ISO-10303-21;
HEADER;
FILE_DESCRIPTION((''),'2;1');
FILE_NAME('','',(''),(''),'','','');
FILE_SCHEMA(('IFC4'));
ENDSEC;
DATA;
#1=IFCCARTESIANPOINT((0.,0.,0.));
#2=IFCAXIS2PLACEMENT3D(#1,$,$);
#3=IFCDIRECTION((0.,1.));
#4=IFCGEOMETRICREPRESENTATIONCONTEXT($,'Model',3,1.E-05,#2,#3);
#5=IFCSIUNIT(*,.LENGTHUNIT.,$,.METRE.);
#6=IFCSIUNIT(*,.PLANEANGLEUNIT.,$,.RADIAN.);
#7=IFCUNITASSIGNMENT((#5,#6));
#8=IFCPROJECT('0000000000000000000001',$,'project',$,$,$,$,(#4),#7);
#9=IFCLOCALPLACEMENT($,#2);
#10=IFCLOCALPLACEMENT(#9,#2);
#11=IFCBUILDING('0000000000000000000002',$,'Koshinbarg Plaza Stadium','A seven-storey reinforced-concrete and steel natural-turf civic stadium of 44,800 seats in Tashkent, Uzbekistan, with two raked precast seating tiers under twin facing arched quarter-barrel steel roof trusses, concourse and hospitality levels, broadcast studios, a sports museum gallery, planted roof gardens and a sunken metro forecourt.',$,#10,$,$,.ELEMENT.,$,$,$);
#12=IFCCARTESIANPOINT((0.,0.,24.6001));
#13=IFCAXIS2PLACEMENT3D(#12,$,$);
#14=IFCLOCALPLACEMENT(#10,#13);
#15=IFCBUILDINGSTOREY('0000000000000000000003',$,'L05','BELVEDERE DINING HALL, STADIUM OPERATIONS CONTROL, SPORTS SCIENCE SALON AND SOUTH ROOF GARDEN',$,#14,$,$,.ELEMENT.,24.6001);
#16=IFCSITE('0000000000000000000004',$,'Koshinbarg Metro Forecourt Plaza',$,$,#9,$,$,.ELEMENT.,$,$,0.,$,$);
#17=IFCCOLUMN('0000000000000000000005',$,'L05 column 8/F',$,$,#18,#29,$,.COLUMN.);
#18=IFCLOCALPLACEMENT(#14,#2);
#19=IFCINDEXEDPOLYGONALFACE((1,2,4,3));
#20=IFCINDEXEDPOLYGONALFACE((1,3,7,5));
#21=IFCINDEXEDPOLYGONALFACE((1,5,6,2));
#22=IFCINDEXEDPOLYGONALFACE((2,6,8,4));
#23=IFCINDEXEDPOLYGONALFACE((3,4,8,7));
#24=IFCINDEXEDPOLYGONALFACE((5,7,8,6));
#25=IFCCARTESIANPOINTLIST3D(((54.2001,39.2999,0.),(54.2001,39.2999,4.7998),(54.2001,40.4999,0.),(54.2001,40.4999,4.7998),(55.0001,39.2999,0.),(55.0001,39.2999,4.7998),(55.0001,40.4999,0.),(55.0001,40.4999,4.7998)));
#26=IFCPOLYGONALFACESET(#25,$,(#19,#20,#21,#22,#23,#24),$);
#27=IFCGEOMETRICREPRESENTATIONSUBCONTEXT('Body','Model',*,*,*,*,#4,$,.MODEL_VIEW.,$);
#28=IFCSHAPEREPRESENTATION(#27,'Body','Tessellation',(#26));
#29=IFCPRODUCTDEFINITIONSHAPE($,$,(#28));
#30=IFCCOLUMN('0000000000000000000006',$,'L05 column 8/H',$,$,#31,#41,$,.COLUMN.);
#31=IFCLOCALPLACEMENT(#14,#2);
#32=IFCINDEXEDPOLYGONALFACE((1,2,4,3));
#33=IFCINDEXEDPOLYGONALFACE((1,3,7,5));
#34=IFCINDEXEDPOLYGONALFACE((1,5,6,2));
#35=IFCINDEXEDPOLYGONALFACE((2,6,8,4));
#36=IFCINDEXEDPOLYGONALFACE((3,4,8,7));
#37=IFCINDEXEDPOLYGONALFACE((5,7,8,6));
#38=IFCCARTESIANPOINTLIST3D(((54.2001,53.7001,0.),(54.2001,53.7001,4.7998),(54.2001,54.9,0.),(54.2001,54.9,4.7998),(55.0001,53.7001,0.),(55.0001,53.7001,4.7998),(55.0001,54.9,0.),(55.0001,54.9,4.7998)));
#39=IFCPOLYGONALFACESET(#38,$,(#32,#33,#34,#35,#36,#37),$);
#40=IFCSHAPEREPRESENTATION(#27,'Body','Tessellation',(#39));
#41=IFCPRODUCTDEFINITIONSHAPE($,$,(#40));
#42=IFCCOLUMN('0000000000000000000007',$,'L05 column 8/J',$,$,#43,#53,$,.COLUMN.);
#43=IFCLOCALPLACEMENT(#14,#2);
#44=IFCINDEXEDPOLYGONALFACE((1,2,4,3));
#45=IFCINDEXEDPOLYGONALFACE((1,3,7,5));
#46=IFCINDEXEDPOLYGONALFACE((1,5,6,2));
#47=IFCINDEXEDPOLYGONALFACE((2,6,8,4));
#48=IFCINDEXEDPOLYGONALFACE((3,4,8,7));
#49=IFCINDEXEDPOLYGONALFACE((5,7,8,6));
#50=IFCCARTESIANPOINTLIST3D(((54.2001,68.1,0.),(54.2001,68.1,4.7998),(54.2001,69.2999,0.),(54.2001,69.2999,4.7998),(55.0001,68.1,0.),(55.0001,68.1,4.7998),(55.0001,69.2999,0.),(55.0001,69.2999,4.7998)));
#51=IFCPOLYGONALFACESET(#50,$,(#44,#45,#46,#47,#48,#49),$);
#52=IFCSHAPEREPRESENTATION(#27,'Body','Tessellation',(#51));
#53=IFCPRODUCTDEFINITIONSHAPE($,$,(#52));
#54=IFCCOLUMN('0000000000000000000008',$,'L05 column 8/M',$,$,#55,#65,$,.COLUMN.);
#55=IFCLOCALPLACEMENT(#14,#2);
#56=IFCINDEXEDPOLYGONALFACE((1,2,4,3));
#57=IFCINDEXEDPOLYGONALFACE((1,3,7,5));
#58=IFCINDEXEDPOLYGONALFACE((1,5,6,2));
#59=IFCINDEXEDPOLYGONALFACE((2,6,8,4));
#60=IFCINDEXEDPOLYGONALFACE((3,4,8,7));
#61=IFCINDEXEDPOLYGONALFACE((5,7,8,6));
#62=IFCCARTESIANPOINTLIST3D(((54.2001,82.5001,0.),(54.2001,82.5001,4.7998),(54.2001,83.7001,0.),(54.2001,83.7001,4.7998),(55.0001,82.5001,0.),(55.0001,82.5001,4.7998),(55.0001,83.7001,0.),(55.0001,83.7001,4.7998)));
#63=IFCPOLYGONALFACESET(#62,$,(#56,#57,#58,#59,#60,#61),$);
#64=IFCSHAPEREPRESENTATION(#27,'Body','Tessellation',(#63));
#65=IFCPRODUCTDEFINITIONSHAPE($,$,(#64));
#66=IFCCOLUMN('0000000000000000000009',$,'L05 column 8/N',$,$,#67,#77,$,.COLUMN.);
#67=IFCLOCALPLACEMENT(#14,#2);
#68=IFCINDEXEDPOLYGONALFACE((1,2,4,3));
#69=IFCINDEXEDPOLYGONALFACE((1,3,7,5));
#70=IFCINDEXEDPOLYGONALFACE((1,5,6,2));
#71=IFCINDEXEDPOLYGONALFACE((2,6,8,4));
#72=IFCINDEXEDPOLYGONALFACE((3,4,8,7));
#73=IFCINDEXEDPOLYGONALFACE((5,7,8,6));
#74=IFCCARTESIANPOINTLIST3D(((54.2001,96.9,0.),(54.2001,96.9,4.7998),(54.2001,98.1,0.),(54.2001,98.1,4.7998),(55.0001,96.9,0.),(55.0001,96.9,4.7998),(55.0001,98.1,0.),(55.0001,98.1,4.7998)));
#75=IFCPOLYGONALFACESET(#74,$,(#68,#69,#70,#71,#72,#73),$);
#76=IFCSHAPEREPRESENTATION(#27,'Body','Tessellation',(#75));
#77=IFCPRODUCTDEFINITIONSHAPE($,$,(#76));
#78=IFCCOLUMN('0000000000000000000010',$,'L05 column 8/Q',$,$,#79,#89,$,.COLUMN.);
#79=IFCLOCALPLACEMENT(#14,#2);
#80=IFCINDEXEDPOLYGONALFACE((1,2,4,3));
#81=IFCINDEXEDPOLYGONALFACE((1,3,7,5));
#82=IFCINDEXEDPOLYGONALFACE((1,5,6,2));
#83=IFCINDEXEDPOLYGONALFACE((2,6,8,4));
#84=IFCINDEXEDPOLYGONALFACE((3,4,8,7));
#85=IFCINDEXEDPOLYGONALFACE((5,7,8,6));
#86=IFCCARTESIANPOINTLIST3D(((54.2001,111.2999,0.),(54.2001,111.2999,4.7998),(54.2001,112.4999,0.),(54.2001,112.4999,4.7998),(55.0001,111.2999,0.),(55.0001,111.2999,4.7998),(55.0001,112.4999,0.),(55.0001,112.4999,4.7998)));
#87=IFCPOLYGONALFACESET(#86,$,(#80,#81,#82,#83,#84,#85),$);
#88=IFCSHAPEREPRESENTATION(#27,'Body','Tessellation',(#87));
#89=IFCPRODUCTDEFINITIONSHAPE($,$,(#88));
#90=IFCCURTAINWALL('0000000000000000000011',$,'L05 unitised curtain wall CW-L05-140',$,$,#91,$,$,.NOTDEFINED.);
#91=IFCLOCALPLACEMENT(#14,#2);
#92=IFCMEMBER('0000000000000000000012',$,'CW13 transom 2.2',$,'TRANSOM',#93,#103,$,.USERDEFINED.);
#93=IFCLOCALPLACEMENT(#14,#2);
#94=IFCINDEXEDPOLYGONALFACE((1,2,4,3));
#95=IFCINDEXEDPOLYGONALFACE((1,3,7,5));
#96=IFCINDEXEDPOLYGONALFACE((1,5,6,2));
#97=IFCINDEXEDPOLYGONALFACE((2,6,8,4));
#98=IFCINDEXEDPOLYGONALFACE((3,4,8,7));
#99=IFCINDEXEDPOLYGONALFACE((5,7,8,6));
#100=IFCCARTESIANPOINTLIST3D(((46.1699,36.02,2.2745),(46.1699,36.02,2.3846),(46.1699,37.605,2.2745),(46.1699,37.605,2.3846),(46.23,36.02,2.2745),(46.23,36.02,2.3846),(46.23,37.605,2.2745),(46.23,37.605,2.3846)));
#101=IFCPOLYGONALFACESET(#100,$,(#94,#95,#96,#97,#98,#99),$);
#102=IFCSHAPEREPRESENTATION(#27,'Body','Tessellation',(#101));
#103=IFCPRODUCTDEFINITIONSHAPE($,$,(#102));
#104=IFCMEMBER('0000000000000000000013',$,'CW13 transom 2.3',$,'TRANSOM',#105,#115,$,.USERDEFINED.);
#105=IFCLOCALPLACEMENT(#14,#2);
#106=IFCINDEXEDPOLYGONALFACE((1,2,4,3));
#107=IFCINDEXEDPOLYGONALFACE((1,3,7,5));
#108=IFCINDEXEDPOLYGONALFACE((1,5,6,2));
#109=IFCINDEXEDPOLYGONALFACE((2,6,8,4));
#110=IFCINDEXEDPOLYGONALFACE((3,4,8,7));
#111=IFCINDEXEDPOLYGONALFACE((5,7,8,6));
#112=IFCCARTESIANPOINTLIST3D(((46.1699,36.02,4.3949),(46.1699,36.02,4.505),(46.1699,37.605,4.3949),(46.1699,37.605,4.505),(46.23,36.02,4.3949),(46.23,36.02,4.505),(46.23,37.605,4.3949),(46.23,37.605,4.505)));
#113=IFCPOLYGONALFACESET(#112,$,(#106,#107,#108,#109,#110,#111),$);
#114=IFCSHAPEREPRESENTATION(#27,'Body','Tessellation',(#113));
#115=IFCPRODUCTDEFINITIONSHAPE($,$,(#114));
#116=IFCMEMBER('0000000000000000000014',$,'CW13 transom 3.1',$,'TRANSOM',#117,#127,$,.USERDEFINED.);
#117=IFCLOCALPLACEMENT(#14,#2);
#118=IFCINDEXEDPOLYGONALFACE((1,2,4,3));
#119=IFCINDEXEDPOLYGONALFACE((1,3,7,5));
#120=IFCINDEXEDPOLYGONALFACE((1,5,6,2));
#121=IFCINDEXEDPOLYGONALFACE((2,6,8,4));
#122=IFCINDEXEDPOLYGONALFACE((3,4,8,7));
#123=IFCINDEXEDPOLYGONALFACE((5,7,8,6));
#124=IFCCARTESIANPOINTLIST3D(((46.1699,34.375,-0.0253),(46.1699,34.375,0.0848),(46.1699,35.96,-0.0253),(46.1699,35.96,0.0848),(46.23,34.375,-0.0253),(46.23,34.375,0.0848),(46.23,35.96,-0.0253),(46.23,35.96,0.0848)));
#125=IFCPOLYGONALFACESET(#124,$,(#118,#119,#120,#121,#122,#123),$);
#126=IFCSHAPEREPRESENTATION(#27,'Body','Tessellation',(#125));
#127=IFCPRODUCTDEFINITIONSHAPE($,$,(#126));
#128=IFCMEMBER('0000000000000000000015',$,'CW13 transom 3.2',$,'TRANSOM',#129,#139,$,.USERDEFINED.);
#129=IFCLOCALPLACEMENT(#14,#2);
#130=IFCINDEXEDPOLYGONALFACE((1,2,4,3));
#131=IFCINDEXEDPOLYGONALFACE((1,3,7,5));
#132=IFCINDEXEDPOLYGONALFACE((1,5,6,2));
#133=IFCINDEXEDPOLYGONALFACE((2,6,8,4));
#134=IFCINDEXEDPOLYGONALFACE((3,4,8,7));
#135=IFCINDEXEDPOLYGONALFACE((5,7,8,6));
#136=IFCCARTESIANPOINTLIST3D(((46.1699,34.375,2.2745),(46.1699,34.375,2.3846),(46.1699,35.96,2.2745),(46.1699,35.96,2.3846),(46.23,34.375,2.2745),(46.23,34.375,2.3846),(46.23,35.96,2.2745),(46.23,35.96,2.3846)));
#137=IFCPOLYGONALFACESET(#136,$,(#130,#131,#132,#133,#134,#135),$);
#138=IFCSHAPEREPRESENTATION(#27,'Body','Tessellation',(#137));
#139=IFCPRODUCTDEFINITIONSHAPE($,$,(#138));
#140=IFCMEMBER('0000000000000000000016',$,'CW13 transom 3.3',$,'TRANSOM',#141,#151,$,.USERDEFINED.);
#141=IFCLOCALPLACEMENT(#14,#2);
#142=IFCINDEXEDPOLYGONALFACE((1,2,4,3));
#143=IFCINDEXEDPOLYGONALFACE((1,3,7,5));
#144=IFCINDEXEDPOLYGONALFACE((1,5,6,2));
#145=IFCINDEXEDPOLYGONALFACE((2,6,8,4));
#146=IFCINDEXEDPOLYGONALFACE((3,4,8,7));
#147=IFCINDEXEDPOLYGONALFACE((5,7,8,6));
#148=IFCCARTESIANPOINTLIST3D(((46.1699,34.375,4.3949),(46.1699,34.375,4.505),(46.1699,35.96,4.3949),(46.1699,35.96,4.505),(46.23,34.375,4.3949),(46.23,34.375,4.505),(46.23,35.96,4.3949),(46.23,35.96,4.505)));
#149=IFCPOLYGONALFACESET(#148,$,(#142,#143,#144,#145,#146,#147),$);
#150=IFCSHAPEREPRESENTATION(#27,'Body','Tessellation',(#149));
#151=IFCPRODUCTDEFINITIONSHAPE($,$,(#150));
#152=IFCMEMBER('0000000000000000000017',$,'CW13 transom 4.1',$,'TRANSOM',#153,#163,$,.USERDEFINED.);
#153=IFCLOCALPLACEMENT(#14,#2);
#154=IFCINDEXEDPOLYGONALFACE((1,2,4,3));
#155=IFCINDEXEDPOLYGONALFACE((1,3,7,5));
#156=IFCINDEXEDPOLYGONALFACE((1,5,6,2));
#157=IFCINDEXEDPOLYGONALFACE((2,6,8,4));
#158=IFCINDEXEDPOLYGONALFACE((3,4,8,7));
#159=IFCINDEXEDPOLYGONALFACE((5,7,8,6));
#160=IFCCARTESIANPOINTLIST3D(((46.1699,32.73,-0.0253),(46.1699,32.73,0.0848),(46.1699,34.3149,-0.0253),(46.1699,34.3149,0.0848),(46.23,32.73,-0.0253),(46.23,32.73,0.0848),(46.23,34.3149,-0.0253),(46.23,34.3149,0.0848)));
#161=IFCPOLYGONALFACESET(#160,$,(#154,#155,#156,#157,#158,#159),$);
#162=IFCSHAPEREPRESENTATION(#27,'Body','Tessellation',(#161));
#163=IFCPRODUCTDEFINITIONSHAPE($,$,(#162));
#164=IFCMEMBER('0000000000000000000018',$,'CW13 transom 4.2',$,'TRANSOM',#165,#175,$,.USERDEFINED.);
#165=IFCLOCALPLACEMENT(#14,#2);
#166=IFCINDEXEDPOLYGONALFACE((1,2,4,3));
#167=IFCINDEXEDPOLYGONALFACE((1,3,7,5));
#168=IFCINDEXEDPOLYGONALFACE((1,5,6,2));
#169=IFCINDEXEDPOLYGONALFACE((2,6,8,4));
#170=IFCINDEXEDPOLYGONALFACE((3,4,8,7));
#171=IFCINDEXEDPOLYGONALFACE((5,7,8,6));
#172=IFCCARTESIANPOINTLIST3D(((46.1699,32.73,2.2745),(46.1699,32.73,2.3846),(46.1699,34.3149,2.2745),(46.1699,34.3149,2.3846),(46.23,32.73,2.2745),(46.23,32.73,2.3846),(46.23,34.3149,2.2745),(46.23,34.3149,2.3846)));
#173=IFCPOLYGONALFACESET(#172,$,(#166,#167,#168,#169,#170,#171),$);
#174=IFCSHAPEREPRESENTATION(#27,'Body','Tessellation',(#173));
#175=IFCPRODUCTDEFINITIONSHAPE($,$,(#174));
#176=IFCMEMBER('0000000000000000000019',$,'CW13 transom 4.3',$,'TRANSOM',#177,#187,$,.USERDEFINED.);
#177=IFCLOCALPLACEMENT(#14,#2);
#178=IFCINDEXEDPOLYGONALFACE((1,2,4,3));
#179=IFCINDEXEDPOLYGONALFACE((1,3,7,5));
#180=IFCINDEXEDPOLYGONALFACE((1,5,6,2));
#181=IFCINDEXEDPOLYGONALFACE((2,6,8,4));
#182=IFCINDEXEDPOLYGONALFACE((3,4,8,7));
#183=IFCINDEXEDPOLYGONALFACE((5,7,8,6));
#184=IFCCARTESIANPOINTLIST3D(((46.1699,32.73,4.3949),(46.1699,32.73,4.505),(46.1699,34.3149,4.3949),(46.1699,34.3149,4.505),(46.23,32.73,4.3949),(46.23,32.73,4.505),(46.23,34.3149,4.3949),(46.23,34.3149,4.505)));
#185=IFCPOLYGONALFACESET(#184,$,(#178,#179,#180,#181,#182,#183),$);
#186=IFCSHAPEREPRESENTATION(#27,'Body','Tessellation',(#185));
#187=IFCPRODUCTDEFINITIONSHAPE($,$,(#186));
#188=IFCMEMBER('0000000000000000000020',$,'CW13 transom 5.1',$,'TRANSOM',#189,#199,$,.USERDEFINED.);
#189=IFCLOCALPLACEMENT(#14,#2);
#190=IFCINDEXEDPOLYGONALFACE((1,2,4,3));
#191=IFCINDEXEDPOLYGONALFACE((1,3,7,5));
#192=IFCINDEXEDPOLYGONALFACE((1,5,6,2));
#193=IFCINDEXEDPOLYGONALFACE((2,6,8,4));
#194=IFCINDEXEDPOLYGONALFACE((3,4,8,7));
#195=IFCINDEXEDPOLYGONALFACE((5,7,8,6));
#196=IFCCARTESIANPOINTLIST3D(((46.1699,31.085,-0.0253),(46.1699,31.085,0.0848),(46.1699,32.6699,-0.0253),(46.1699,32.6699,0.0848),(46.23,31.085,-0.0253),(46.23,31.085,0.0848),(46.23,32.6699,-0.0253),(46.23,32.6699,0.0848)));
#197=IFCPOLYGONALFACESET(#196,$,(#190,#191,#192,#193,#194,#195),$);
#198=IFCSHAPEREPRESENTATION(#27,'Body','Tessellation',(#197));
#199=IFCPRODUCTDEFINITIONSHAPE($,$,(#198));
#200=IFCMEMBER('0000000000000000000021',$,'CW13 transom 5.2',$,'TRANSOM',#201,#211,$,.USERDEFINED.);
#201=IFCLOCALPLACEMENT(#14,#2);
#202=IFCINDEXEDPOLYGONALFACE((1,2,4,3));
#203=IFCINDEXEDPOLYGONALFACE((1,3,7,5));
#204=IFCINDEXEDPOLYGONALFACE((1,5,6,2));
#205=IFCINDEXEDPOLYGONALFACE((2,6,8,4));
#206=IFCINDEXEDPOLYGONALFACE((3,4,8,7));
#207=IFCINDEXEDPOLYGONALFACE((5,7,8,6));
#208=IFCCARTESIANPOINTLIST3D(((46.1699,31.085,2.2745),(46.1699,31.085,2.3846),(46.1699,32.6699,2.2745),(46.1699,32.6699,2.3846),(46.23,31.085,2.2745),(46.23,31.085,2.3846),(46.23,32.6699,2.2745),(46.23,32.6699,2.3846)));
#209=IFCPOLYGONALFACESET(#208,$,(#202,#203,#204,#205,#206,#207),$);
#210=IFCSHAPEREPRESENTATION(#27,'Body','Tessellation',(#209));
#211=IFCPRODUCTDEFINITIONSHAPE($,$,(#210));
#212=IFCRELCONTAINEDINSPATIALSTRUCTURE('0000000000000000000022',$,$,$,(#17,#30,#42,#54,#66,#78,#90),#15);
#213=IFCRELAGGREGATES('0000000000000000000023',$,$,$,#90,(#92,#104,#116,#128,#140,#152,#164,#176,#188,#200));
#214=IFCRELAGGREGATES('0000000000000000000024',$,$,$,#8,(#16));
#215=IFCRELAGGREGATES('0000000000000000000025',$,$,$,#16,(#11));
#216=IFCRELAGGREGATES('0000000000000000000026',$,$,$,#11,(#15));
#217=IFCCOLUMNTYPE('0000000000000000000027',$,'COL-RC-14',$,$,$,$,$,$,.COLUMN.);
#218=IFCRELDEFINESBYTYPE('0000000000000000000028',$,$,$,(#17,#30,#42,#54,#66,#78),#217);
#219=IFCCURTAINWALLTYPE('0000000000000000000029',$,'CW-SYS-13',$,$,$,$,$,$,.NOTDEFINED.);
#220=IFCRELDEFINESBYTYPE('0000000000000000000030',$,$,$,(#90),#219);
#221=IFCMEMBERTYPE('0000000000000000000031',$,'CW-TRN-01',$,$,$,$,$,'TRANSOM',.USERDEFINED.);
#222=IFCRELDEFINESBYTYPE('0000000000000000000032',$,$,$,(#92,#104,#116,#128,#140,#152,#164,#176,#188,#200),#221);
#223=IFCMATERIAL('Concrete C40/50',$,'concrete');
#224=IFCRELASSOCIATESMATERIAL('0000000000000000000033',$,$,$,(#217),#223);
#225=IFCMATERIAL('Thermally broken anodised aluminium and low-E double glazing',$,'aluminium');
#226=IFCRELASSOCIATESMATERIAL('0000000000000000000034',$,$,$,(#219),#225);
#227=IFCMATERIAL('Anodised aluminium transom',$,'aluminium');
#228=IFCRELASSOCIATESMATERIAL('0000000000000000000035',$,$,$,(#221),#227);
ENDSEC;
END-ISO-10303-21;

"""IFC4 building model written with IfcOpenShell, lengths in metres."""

from ifc_helpers import new_model, si_unit, direction, frame, origin, origin_2d, place, context, subcontext, project, spatial, rectangle, extrude, material, material_profile, profile_set, type_object, element, aggregate, save


model = new_model("IFC4")

# Units and contexts
model_context = context("Model", 3, precision=1e-05, world=origin(), true_north=direction((0.0, 1.0)))
body_context = subcontext(model_context, "Body", "Model", "MODEL_VIEW")
ifc_project = project(units=[si_unit("LENGTHUNIT", "METRE"), si_unit("PLANEANGLEUNIT", "RADIAN")], contexts=[model_context])

# Site, building, storey
site_placement = place(None, origin())
site = spatial("IfcSite", under=ifc_project, at=site_placement, Name="Koshinbarg Metro Forecourt Plaza", CompositionType="ELEMENT", RefElevation=0.0)
building_placement = place(site_placement, origin())
building = spatial("IfcBuilding", under=site, at=building_placement, Name="Koshinbarg Plaza Stadium", Description="A seven-storey reinforced-concrete and steel natural-turf civic stadium of 44,800 seats in Tashkent, Uzbekistan, with two raked precast seating tiers under twin facing arched quarter-barrel steel roof trusses, concourse and hospitality levels, broadcast studios, a sports museum gallery, planted roof gardens and a sunken metro forecourt.", CompositionType="ELEMENT")
storey_placement = place(building_placement, frame((0.0, 0.0, 24.6001)))
storey = spatial("IfcBuildingStorey", under=building, at=storey_placement, Name="L05", Description="BELVEDERE DINING HALL, STADIUM OPERATIONS CONTROL, SPORTS SCIENCE SALON AND SOUTH ROOF GARDEN", CompositionType="ELEMENT", Elevation=24.6001)

# Columns
ifc_material_1 = material(Name="Concrete C40/50", Category="concrete")
ifc_material_profile_1 = material_profile(ifc_material_1, rectangle(XDim=0.8, YDim=1.2, at=origin_2d()), Name="RC 800x1200")
ifc_profile_set_1 = profile_set([ifc_material_profile_1], Name="Concrete C40/50")
column_type = type_object("IfcColumnType", Name="COL-RC-14", PredefinedType="COLUMN", material=ifc_profile_set_1)
for number, where, z_axis, x_axis, name in (
    (1, (54.6001, 39.8999, 0.0), (0.0, 0.0, 1.0), (1.0, 0.0, 0.0), "L05 column 8/F"),
    (2, (54.6001, 54.3, 0.0), (0.0, 0.0, 1.0), (1.0, 0.0, 0.0), "L05 column 8/H"),
    (3, (54.6001, 68.7, 0.0), (0.0, 0.0, 1.0), (1.0, 0.0, 0.0), "L05 column 8/J"),
    (4, (54.6001, 83.1001, 0.0), (0.0, 0.0, 1.0), (1.0, 0.0, 0.0), "L05 column 8/M"),
    (5, (54.6001, 97.5, 0.0), (0.0, 0.0, 1.0), (1.0, 0.0, 0.0), "L05 column 8/N"),
    (6, (54.6001, 111.8999, 0.0), (0.0, 0.0, 1.0), (1.0, 0.0, 0.0), "L05 column 8/Q"),
):
    element("IfcColumn", number, at=place(storey_placement, frame(where, z_axis=z_axis, x_axis=x_axis)), inside=storey, type_object=column_type, Name=name, PredefinedType="COLUMN", context=body_context, shape_type="SweptSolid", body=[
        extrude(rectangle(XDim=0.8, YDim=1.2, at=origin_2d()), origin(), (0.0, 0.0, 1.0), 4.7998),
    ])

# Curtain wall, members
ifc_material_2 = material(Name="Thermally broken anodised aluminium and low-E double glazing", Category="aluminium")
curtain_wall_type = type_object("IfcCurtainWallType", Name="CW-SYS-13", PredefinedType="NOTDEFINED", material=ifc_material_2)
curtain_wall_placement = place(storey_placement, origin())
curtain_wall = element("IfcCurtainWall", 7, at=curtain_wall_placement, inside=storey, type_object=curtain_wall_type, Name="L05 unitised curtain wall CW-L05-140", PredefinedType="NOTDEFINED")
ifc_material_3 = material(Name="Anodised aluminium transom", Category="aluminium")
ifc_material_profile_2 = material_profile(ifc_material_3, rectangle(XDim=0.0601, YDim=0.1101, at=origin_2d()), Name="ALU 60x110")
ifc_profile_set_2 = profile_set([ifc_material_profile_2], Name="Anodised aluminium transom")
member_type = type_object("IfcMemberType", Name="CW-TRN-01", ElementType="TRANSOM", PredefinedType="USERDEFINED", material=ifc_profile_set_2)
member_1_placement = place(storey_placement, frame((46.2, 37.605, 2.3296), z_axis=(0.0, -1.0, 0.0), x_axis=(1.0, 0.0, 0.0)))
member_1 = element("IfcMember", 8, at=member_1_placement, type_object=member_type, Name="CW13 transom 2.2", ObjectType="TRANSOM", PredefinedType="USERDEFINED", context=body_context, shape_type="SweptSolid", body=[
    extrude(rectangle(XDim=0.0601, YDim=0.1101, at=origin_2d()), origin(), (0.0, 0.0, 1.0), 1.585),
])
member_2_placement = place(storey_placement, frame((46.2, 37.605, 4.45), z_axis=(0.0, -1.0, 0.0), x_axis=(1.0, 0.0, 0.0)))
member_2 = element("IfcMember", 9, at=member_2_placement, type_object=member_type, Name="CW13 transom 2.3", ObjectType="TRANSOM", PredefinedType="USERDEFINED", context=body_context, shape_type="SweptSolid", body=[
    extrude(rectangle(XDim=0.0601, YDim=0.1101, at=origin_2d()), origin(), (0.0, 0.0, 1.0), 1.585),
])
member_3_placement = place(storey_placement, frame((46.2, 35.96, 0.0298), z_axis=(0.0, -1.0, 0.0), x_axis=(1.0, 0.0, 0.0)))
member_3 = element("IfcMember", 10, at=member_3_placement, type_object=member_type, Name="CW13 transom 3.1", ObjectType="TRANSOM", PredefinedType="USERDEFINED", context=body_context, shape_type="SweptSolid", body=[
    extrude(rectangle(XDim=0.0601, YDim=0.1101, at=origin_2d()), origin(), (0.0, 0.0, 1.0), 1.585),
])
member_4_placement = place(storey_placement, frame((46.2, 35.96, 2.3296), z_axis=(0.0, -1.0, 0.0), x_axis=(1.0, 0.0, 0.0)))
member_4 = element("IfcMember", 11, at=member_4_placement, type_object=member_type, Name="CW13 transom 3.2", ObjectType="TRANSOM", PredefinedType="USERDEFINED", context=body_context, shape_type="SweptSolid", body=[
    extrude(rectangle(XDim=0.0601, YDim=0.1101, at=origin_2d()), origin(), (0.0, 0.0, 1.0), 1.585),
])
member_5_placement = place(storey_placement, frame((46.2, 35.96, 4.45), z_axis=(0.0, -1.0, 0.0), x_axis=(1.0, 0.0, 0.0)))
member_5 = element("IfcMember", 12, at=member_5_placement, type_object=member_type, Name="CW13 transom 3.3", ObjectType="TRANSOM", PredefinedType="USERDEFINED", context=body_context, shape_type="SweptSolid", body=[
    extrude(rectangle(XDim=0.0601, YDim=0.1101, at=origin_2d()), origin(), (0.0, 0.0, 1.0), 1.585),
])
member_6_placement = place(storey_placement, frame((46.2, 34.3149, 0.0298), z_axis=(0.0, -1.0, 0.0), x_axis=(1.0, 0.0, 0.0)))
member_6 = element("IfcMember", 13, at=member_6_placement, type_object=member_type, Name="CW13 transom 4.1", ObjectType="TRANSOM", PredefinedType="USERDEFINED", context=body_context, shape_type="SweptSolid", body=[
    extrude(rectangle(XDim=0.0601, YDim=0.1101, at=origin_2d()), origin(), (0.0, 0.0, 1.0), 1.585),
])
member_7_placement = place(storey_placement, frame((46.2, 34.3149, 2.3296), z_axis=(0.0, -1.0, 0.0), x_axis=(1.0, 0.0, 0.0)))
member_7 = element("IfcMember", 14, at=member_7_placement, type_object=member_type, Name="CW13 transom 4.2", ObjectType="TRANSOM", PredefinedType="USERDEFINED", context=body_context, shape_type="SweptSolid", body=[
    extrude(rectangle(XDim=0.0601, YDim=0.1101, at=origin_2d()), origin(), (0.0, 0.0, 1.0), 1.585),
])
member_8_placement = place(storey_placement, frame((46.2, 34.3149, 4.45), z_axis=(0.0, -1.0, 0.0), x_axis=(1.0, 0.0, 0.0)))
member_8 = element("IfcMember", 15, at=member_8_placement, type_object=member_type, Name="CW13 transom 4.3", ObjectType="TRANSOM", PredefinedType="USERDEFINED", context=body_context, shape_type="SweptSolid", body=[
    extrude(rectangle(XDim=0.0601, YDim=0.1101, at=origin_2d()), origin(), (0.0, 0.0, 1.0), 1.585),
])
member_9_placement = place(storey_placement, frame((46.2, 32.6699, 0.0298), z_axis=(0.0, -1.0, 0.0), x_axis=(1.0, 0.0, 0.0)))
member_9 = element("IfcMember", 16, at=member_9_placement, type_object=member_type, Name="CW13 transom 5.1", ObjectType="TRANSOM", PredefinedType="USERDEFINED", context=body_context, shape_type="SweptSolid", body=[
    extrude(rectangle(XDim=0.0601, YDim=0.1101, at=origin_2d()), origin(), (0.0, 0.0, 1.0), 1.585),
])
member_10_placement = place(storey_placement, frame((46.2, 32.6699, 2.3296), z_axis=(0.0, -1.0, 0.0), x_axis=(1.0, 0.0, 0.0)))
member_10 = element("IfcMember", 17, at=member_10_placement, type_object=member_type, Name="CW13 transom 5.2", ObjectType="TRANSOM", PredefinedType="USERDEFINED", context=body_context, shape_type="SweptSolid", body=[
    extrude(rectangle(XDim=0.0601, YDim=0.1101, at=origin_2d()), origin(), (0.0, 0.0, 1.0), 1.585),
])
aggregate(curtain_wall, [member_1, member_2, member_3, member_4, member_5, member_6, member_7, member_8, member_9, member_10])

save(model, "model.ifc")
